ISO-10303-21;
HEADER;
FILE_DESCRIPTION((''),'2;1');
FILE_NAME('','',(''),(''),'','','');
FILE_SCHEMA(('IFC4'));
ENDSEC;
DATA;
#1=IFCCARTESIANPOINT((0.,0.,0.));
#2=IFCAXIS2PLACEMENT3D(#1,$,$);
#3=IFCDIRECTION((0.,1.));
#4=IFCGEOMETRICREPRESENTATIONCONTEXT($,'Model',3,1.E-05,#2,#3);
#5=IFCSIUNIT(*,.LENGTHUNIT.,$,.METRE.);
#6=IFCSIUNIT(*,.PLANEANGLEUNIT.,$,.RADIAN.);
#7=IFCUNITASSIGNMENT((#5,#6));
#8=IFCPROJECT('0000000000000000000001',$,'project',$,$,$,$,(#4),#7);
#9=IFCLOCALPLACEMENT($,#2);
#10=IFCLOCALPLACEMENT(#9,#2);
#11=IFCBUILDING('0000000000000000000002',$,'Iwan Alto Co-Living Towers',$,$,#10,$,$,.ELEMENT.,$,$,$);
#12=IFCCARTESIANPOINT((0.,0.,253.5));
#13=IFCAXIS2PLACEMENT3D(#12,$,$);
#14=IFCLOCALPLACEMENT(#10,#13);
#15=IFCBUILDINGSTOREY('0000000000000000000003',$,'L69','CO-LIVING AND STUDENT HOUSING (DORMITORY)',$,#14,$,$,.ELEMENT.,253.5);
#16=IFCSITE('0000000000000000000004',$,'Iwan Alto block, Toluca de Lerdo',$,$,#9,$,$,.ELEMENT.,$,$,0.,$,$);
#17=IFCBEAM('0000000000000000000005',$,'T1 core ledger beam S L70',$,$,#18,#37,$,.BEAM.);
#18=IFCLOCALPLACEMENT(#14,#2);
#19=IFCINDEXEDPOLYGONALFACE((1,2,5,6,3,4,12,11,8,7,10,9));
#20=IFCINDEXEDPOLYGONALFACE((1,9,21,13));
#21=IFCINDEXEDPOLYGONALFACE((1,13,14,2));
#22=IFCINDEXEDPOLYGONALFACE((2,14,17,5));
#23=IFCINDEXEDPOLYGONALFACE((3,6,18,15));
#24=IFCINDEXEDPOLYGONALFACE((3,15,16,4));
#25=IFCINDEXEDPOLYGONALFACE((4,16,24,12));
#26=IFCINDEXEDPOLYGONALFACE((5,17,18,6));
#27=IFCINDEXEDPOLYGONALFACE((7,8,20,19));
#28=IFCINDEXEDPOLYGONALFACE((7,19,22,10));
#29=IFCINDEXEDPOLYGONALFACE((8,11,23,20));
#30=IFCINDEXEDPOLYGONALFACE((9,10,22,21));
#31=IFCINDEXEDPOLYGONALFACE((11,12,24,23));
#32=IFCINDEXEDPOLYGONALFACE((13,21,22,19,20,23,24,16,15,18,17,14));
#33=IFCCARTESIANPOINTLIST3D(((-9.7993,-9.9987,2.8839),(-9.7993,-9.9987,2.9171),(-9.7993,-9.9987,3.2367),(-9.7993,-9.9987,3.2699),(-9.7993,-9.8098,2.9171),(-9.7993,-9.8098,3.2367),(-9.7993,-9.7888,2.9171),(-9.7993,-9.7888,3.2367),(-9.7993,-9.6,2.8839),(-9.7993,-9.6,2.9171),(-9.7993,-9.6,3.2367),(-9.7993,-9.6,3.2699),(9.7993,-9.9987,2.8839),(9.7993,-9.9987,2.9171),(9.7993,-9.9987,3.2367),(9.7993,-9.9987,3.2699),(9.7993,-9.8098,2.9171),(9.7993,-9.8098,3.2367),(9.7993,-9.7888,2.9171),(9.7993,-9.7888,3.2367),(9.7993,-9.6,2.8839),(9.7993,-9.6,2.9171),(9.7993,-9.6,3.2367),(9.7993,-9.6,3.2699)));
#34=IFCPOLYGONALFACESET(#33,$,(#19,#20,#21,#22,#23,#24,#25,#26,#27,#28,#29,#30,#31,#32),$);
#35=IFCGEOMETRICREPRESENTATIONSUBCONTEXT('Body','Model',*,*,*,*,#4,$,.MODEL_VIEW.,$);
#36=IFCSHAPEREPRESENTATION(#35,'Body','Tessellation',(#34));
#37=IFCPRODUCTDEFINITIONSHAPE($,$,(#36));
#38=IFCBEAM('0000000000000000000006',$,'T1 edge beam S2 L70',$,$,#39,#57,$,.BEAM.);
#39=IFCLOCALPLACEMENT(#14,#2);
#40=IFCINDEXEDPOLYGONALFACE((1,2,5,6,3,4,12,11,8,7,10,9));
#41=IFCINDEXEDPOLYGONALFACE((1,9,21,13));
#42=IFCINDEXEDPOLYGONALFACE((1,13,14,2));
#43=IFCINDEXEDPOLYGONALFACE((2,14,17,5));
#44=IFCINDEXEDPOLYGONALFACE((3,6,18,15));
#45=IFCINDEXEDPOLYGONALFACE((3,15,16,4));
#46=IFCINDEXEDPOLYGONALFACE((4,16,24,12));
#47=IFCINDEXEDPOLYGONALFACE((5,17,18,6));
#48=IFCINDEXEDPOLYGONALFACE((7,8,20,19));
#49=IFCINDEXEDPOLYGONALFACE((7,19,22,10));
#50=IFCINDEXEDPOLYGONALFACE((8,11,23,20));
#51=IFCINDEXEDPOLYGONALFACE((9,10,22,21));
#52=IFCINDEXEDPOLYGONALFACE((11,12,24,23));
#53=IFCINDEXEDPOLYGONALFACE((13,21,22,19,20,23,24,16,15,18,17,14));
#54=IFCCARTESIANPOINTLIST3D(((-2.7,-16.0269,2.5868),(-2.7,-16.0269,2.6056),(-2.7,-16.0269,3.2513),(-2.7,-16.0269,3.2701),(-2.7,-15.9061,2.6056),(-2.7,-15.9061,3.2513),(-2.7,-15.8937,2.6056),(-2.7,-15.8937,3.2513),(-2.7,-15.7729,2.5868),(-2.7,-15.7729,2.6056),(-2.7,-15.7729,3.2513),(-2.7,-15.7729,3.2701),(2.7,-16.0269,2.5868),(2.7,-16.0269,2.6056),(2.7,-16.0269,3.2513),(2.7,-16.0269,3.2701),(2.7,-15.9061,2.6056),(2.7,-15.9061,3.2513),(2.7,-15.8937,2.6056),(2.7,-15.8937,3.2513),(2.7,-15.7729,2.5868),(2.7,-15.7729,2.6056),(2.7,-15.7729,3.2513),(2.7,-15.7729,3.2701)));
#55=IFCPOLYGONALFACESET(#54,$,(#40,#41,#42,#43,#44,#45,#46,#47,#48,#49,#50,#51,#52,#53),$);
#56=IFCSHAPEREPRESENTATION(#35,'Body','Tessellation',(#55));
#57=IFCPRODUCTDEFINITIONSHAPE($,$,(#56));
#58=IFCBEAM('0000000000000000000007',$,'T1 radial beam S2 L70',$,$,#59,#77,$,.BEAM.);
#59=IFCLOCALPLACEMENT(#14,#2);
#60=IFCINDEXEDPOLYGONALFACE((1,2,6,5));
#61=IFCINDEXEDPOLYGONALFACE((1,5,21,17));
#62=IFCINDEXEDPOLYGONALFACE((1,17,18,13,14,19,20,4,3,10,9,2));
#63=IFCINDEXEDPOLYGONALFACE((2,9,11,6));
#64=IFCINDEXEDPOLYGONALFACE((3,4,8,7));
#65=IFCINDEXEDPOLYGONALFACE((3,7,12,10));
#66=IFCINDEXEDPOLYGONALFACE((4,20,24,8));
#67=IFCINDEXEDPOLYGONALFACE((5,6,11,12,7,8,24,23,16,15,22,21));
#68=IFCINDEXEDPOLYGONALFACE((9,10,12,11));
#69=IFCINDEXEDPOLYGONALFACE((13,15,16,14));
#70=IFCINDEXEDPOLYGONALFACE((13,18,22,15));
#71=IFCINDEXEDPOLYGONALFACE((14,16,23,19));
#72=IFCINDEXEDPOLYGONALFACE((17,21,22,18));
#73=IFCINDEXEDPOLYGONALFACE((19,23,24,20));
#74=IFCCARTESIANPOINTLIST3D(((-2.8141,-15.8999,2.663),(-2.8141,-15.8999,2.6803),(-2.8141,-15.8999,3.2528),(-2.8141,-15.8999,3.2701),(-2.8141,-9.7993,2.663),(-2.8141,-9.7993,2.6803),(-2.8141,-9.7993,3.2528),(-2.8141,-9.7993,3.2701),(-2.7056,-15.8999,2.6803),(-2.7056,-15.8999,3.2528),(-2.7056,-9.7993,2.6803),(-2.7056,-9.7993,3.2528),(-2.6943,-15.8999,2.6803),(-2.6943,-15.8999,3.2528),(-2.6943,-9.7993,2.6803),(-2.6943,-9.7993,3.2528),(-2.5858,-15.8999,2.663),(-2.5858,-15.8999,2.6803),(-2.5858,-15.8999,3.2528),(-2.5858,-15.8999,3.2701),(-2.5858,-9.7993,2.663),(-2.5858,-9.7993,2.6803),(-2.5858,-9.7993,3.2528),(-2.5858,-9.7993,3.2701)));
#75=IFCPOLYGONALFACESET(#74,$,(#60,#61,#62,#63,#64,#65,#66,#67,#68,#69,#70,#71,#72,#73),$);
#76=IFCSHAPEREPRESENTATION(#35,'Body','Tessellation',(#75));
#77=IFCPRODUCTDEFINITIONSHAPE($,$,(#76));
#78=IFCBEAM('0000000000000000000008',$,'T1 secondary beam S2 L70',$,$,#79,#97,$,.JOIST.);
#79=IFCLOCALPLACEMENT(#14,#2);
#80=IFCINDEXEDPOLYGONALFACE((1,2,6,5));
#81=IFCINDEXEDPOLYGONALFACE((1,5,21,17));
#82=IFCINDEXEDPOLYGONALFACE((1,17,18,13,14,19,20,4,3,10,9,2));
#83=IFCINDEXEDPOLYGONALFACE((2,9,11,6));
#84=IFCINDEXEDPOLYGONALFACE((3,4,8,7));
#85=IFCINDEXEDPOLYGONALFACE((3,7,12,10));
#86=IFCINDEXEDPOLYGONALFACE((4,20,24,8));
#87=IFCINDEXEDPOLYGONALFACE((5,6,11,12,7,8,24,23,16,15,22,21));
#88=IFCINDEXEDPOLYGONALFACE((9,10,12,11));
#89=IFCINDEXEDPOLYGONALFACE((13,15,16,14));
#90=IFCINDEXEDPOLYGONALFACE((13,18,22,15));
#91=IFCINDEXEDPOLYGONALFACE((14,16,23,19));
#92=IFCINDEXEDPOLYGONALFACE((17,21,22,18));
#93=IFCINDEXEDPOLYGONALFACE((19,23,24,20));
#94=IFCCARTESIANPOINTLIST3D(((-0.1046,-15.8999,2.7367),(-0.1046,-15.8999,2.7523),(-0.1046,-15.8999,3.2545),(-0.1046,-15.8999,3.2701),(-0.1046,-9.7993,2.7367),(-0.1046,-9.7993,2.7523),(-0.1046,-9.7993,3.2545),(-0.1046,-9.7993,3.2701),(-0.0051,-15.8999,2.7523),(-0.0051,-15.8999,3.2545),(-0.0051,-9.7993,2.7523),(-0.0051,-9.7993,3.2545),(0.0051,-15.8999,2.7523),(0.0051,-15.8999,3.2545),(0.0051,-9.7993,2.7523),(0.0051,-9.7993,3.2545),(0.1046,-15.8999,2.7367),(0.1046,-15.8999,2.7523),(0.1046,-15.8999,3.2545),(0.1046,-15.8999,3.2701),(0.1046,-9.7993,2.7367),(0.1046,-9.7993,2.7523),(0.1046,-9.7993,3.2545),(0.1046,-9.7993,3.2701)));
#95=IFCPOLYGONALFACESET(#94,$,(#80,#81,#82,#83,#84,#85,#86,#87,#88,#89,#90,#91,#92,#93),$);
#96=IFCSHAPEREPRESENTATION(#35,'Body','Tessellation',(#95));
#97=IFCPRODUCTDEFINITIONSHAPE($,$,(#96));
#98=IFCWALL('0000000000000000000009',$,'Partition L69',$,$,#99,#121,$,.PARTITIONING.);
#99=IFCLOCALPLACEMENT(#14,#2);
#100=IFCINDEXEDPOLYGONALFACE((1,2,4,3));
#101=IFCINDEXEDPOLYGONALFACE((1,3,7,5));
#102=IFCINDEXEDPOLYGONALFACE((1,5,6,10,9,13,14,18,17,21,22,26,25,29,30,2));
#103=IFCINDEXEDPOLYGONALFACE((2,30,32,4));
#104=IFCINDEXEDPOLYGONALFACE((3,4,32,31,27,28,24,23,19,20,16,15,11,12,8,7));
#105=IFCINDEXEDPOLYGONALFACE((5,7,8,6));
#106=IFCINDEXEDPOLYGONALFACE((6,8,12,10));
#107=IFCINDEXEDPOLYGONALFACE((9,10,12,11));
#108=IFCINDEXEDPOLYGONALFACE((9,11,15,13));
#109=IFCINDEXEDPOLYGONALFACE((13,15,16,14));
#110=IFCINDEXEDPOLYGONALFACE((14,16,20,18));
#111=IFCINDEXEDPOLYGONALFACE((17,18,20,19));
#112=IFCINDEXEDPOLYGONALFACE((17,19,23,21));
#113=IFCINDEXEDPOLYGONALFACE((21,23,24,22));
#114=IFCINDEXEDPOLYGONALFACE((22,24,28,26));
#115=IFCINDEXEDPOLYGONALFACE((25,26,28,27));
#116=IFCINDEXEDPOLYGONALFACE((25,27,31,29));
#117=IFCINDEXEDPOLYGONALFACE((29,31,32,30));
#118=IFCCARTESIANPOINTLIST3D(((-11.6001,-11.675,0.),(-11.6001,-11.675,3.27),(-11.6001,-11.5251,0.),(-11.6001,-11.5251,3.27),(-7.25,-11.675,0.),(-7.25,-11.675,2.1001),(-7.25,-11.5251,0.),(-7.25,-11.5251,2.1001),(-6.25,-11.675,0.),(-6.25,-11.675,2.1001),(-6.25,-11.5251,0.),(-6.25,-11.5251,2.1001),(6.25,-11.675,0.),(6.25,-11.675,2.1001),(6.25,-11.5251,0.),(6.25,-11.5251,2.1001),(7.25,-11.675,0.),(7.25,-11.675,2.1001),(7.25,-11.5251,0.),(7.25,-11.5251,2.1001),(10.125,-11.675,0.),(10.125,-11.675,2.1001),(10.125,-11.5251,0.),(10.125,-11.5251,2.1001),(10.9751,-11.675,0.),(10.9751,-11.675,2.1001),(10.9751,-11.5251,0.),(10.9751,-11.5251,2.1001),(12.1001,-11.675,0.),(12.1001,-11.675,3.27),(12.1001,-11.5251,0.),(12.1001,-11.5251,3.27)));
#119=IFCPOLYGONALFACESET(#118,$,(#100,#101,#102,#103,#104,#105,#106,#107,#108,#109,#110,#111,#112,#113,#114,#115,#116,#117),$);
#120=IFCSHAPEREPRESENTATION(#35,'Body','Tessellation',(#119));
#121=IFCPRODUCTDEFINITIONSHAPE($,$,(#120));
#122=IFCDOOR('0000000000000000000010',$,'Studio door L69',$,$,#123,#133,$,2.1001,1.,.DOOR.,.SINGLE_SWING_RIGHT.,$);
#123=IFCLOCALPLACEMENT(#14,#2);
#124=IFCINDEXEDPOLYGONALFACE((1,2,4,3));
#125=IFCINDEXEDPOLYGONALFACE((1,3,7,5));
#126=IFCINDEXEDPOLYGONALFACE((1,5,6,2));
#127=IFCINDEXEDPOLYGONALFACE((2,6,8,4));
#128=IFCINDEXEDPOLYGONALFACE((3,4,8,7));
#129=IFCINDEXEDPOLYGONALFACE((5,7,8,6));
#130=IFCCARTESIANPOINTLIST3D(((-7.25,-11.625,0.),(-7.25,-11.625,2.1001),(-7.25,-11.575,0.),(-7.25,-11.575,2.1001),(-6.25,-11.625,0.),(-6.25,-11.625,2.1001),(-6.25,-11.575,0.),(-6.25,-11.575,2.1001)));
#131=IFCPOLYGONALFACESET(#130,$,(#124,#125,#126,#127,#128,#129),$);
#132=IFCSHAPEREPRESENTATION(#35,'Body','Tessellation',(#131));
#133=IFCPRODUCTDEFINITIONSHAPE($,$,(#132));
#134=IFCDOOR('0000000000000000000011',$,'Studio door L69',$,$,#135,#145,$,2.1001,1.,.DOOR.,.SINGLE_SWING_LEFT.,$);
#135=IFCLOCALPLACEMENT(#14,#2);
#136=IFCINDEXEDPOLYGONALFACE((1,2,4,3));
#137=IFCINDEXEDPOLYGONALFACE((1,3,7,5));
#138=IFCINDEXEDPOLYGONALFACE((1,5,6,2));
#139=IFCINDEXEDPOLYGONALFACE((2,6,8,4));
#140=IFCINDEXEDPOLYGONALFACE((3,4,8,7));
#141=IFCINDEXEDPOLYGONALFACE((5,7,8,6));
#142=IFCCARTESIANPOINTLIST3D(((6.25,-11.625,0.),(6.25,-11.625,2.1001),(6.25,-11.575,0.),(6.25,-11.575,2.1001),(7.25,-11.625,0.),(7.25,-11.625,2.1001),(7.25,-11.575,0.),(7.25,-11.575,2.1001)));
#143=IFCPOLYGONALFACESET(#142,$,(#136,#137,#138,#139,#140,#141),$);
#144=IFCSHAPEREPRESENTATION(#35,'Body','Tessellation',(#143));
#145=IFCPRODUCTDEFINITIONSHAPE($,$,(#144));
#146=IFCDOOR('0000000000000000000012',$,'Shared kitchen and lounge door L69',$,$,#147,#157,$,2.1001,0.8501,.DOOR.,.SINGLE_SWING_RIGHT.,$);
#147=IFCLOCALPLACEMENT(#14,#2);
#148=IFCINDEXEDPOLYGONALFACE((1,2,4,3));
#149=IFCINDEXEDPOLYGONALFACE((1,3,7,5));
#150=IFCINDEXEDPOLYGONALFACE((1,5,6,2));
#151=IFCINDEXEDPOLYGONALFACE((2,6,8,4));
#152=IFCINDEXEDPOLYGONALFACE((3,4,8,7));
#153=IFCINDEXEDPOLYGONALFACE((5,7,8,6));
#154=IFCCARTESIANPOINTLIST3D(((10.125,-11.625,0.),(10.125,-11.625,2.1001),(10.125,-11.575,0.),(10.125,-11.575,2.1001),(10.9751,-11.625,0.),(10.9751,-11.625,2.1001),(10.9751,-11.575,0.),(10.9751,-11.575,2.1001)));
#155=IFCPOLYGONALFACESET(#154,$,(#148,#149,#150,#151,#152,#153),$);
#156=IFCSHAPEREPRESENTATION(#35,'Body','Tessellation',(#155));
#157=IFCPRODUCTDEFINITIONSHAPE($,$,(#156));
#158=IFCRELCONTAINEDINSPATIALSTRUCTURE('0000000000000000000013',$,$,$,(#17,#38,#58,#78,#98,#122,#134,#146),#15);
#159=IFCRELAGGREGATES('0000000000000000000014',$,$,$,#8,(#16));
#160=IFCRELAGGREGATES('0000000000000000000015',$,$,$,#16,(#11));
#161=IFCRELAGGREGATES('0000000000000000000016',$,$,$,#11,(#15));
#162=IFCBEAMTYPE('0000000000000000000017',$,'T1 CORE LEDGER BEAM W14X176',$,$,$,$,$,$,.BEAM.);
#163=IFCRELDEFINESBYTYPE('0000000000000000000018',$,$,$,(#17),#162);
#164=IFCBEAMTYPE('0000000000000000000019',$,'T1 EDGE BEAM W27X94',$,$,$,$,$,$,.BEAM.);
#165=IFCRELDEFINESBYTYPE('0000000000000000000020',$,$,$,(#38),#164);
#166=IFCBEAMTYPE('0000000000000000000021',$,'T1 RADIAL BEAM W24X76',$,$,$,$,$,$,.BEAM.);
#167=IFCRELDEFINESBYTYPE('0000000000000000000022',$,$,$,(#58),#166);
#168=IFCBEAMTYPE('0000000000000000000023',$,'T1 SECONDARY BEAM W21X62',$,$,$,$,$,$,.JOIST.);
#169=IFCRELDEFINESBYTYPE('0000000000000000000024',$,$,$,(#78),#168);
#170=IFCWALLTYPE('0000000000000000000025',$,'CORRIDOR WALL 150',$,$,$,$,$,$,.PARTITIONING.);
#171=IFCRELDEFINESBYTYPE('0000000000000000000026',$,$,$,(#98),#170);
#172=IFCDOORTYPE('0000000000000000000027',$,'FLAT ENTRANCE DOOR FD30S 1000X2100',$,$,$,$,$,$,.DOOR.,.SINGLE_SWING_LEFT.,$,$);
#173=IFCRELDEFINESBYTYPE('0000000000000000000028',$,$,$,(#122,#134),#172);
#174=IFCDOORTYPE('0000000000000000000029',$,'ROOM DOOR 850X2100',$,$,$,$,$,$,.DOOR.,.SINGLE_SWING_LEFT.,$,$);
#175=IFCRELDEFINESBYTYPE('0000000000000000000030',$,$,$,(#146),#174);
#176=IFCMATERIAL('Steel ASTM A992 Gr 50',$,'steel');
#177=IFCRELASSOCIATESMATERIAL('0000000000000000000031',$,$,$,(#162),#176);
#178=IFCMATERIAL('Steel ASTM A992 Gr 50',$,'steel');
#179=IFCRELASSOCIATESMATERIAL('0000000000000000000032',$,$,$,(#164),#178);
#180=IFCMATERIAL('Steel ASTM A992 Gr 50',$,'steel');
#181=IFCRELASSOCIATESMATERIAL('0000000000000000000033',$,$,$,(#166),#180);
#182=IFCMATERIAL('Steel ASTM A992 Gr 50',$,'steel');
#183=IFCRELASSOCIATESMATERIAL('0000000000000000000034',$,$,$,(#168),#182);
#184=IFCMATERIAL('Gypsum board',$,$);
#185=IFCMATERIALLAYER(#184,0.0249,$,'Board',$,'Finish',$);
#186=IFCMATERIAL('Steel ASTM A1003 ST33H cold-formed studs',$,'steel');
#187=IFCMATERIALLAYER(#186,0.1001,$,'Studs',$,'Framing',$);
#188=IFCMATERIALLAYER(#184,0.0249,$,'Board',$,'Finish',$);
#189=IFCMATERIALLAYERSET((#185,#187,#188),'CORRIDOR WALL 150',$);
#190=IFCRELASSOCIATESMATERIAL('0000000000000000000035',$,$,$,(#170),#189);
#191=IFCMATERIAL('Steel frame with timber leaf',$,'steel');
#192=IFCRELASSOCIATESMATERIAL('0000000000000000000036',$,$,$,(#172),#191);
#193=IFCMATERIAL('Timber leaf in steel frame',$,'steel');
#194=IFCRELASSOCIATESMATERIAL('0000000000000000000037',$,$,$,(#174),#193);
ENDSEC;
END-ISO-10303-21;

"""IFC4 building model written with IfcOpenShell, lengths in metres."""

from ifc_helpers import new_model, si_unit, direction, frame, frame_2d, origin, origin_2d, place, context, subcontext, project, spatial, rectangle, i_section, extrude, material, layer, layer_set, material_profile, profile_set, type_object, element, fill, save


model = new_model("IFC4")

# Units and contexts
model_context = context("Model", 3, precision=1e-05, world=origin(), true_north=direction((0.0, 1.0)))
body_context = subcontext(model_context, "Body", "Model", "MODEL_VIEW")
ifc_project = project(units=[si_unit("LENGTHUNIT", "METRE"), si_unit("PLANEANGLEUNIT", "RADIAN")], contexts=[model_context])

# Site, building, storey
site_placement = place(None, origin())
site = spatial("IfcSite", under=ifc_project, at=site_placement, Name="Iwan Alto block, Toluca de Lerdo", CompositionType="ELEMENT", RefElevation=0.0)
building_placement = place(site_placement, origin())
building = spatial("IfcBuilding", under=site, at=building_placement, Name="Iwan Alto Co-Living Towers", CompositionType="ELEMENT")
storey_placement = place(building_placement, frame((0.0, 0.0, 253.5)))
storey = spatial("IfcBuildingStorey", under=building, at=storey_placement, Name="L69", Description="CO-LIVING AND STUDENT HOUSING (DORMITORY)", CompositionType="ELEMENT", Elevation=253.5)

# Beams
ifc_material_1 = material(Name="Steel ASTM A992 Gr 50", Category="steel")
ifc_material_profile_1 = material_profile(ifc_material_1, i_section(OverallWidth=0.3987, OverallDepth=0.386, WebThickness=0.021, FlangeThickness=0.0332, at=origin_2d()), Name="W14X176")
ifc_profile_set_1 = profile_set([ifc_material_profile_1], Name="Steel ASTM A992 Gr 50")
beam_type_1 = type_object("IfcBeamType", Name="T1 CORE LEDGER BEAM W14X176", PredefinedType="BEAM", material=ifc_profile_set_1)
beam_1_placement = place(storey_placement, frame((-9.7993, -9.7993, 3.0769), z_axis=(1.0, 0.0, 0.0), x_axis=(0.0, 1.0, 0.0)))
element("IfcBeam", 1, at=beam_1_placement, inside=storey, type_object=beam_type_1, Name="T1 core ledger beam S L70", PredefinedType="BEAM", context=body_context, shape_type="SweptSolid", body=[
    extrude(i_section(OverallWidth=0.3987, OverallDepth=0.386, WebThickness=0.021, FlangeThickness=0.0332, at=origin_2d()), origin(), (0.0, 0.0, 1.0), 19.5986),
])
ifc_material_2 = material(Name="Steel ASTM A992 Gr 50", Category="steel")
ifc_material_profile_2 = material_profile(ifc_material_2, i_section(OverallWidth=0.2539, OverallDepth=0.6833, WebThickness=0.0125, FlangeThickness=0.0188, at=origin_2d()), Name="W27X94")
ifc_profile_set_2 = profile_set([ifc_material_profile_2], Name="Steel ASTM A992 Gr 50")
beam_type_2 = type_object("IfcBeamType", Name="T1 EDGE BEAM W27X94", PredefinedType="BEAM", material=ifc_profile_set_2)
beam_2_placement = place(storey_placement, frame((-2.7, -15.8999, 2.9285), z_axis=(1.0, 0.0, 0.0), x_axis=(0.0, 1.0, 0.0)))
element("IfcBeam", 2, at=beam_2_placement, inside=storey, type_object=beam_type_2, Name="T1 edge beam S2 L70", PredefinedType="BEAM", context=body_context, shape_type="SweptSolid", body=[
    extrude(i_section(OverallWidth=0.2539, OverallDepth=0.6833, WebThickness=0.0125, FlangeThickness=0.0188, at=origin_2d()), origin(), (0.0, 0.0, 1.0), 5.3999),
])
ifc_material_3 = material(Name="Steel ASTM A992 Gr 50", Category="steel")
ifc_material_profile_3 = material_profile(ifc_material_3, i_section(OverallWidth=0.2283, OverallDepth=0.6072, WebThickness=0.0112, FlangeThickness=0.0173, at=origin_2d()), Name="W24X76")
ifc_profile_set_3 = profile_set([ifc_material_profile_3], Name="Steel ASTM A992 Gr 50")
beam_type_3 = type_object("IfcBeamType", Name="T1 RADIAL BEAM W24X76", PredefinedType="BEAM", material=ifc_profile_set_3)
beam_3_placement = place(storey_placement, frame((-2.7, -15.8999, 2.9666), z_axis=(0.0, 1.0, 0.0), x_axis=(-1.0, 0.0, 0.0)))
element("IfcBeam", 3, at=beam_3_placement, inside=storey, type_object=beam_type_3, Name="T1 radial beam S2 L70", PredefinedType="BEAM", context=body_context, shape_type="SweptSolid", body=[
    extrude(i_section(OverallWidth=0.2283, OverallDepth=0.6072, WebThickness=0.0112, FlangeThickness=0.0173, at=origin_2d()), origin(), (0.0, 0.0, 1.0), 6.1006),
])
ifc_material_4 = material(Name="Steel ASTM A992 Gr 50", Category="steel")
ifc_material_profile_4 = material_profile(ifc_material_4, i_section(OverallWidth=0.2092, OverallDepth=0.5334, WebThickness=0.0103, FlangeThickness=0.0156, at=origin_2d()), Name="W21X62")
ifc_profile_set_4 = profile_set([ifc_material_profile_4], Name="Steel ASTM A992 Gr 50")
beam_type_4 = type_object("IfcBeamType", Name="T1 SECONDARY BEAM W21X62", PredefinedType="JOIST", material=ifc_profile_set_4)
beam_4_placement = place(storey_placement, frame((0.0, -15.8999, 3.0034), z_axis=(0.0, 1.0, 0.0), x_axis=(-1.0, 0.0, 0.0)))
element("IfcBeam", 4, at=beam_4_placement, inside=storey, type_object=beam_type_4, Name="T1 secondary beam S2 L70", PredefinedType="JOIST", context=body_context, shape_type="SweptSolid", body=[
    extrude(i_section(OverallWidth=0.2092, OverallDepth=0.5334, WebThickness=0.0103, FlangeThickness=0.0156, at=origin_2d()), origin(), (0.0, 0.0, 1.0), 6.1006),
])

# Wall, openings, doors
ifc_material_5 = material(Name="Gypsum board")
ifc_layer_1 = layer(ifc_material_5, 0.0249, Name="Board", Category="Finish")
ifc_material_6 = material(Name="Steel ASTM A1003 ST33H cold-formed studs", Category="steel")
ifc_layer_2 = layer(ifc_material_6, 0.1001, Name="Studs", Category="Framing")
ifc_layer_3 = layer(ifc_material_5, 0.0249, Name="Board", Category="Finish")
ifc_layer_set_1 = layer_set([ifc_layer_1, ifc_layer_2, ifc_layer_3], Name="CORRIDOR WALL 150")
wall_type_1 = type_object("IfcWallType", Name="CORRIDOR WALL 150", PredefinedType="PARTITIONING", material=ifc_layer_set_1)
wall_1_placement = place(storey_placement, frame((-11.6001, -11.6001, 0.0), z_axis=(0.0, 0.0, 1.0), x_axis=(1.0, 0.0, 0.0)))
wall_1 = element("IfcWall", 5, at=wall_1_placement, inside=storey, type_object=wall_type_1, Name="Partition L69", PredefinedType="PARTITIONING", context=body_context, shape_type="SweptSolid", body=[
    extrude(rectangle(XDim=23.7002, YDim=0.1499, at=frame_2d((11.8501, 0.0))), origin(), (0.0, 0.0, 1.0), 3.27),
])
opening_1_placement = place(wall_1_placement, frame((4.3501, 0.0, 0.0)))
opening_1 = element("IfcOpeningElement", 6, at=opening_1_placement, cuts=wall_1, PredefinedType="OPENING", context=body_context, shape_type="SweptSolid", body=[
    extrude(rectangle(XDim=1.0, YDim=2.1001, at=frame_2d((0.5, 1.05))), frame((0.0, 0.085, 0.0), z_axis=(0.0, -1.0, 0.0), x_axis=(1.0, 0.0, 0.0)), (0.0, 0.0, 1.0), 0.1699),
])
opening_2_placement = place(wall_1_placement, frame((17.8501, 0.0, 0.0)))
opening_2 = element("IfcOpeningElement", 7, at=opening_2_placement, cuts=wall_1, PredefinedType="OPENING", context=body_context, shape_type="SweptSolid", body=[
    extrude(rectangle(XDim=1.0, YDim=2.1001, at=frame_2d((0.5, 1.05))), frame((0.0, 0.085, 0.0), z_axis=(0.0, -1.0, 0.0), x_axis=(1.0, 0.0, 0.0)), (0.0, 0.0, 1.0), 0.1699),
])
opening_3_placement = place(wall_1_placement, frame((21.7251, 0.0, 0.0)))
opening_3 = element("IfcOpeningElement", 8, at=opening_3_placement, cuts=wall_1, PredefinedType="OPENING", context=body_context, shape_type="SweptSolid", body=[
    extrude(rectangle(XDim=0.8501, YDim=2.1001, at=frame_2d((0.425, 1.05))), frame((0.0, 0.085, 0.0), z_axis=(0.0, -1.0, 0.0), x_axis=(1.0, 0.0, 0.0)), (0.0, 0.0, 1.0), 0.1699),
])
ifc_material_7 = material(Name="Steel frame with timber leaf", Category="steel")
door_type_1 = type_object("IfcDoorType", Name="FLAT ENTRANCE DOOR FD30S 1000X2100", OperationType="SINGLE_SWING_LEFT", PredefinedType="DOOR", material=ifc_material_7)
door_1_placement = place(opening_1_placement, frame((1.0, 0.0, 0.0), z_axis=(0.0, 0.0, 1.0), x_axis=(-1.0, 0.0, 0.0)))
door_1 = element("IfcDoor", 9, at=door_1_placement, inside=storey, type_object=door_type_1, Name="Studio door L69", OperationType="SINGLE_SWING_RIGHT", OverallHeight=2.1001, OverallWidth=1.0, PredefinedType="DOOR", context=body_context, shape_type="SweptSolid", body=[
    extrude(rectangle(XDim=1.0, YDim=2.1001, at=frame_2d((0.5, 1.05))), frame((0.0, 0.0249, 0.0), z_axis=(0.0, -1.0, 0.0), x_axis=(1.0, 0.0, 0.0)), (0.0, 0.0, 1.0), 0.05),
])
fill(opening_1, door_1)
door_2_placement = place(opening_2_placement, frame((1.0, 0.0, 0.0), z_axis=(0.0, 0.0, 1.0), x_axis=(-1.0, 0.0, 0.0)))
door_2 = element("IfcDoor", 10, at=door_2_placement, inside=storey, type_object=door_type_1, Name="Studio door L69", OperationType="SINGLE_SWING_LEFT", OverallHeight=2.1001, OverallWidth=1.0, PredefinedType="DOOR", context=body_context, shape_type="SweptSolid", body=[
    extrude(rectangle(XDim=1.0, YDim=2.1001, at=frame_2d((0.5, 1.05))), frame((0.0, 0.0249, 0.0), z_axis=(0.0, -1.0, 0.0), x_axis=(1.0, 0.0, 0.0)), (0.0, 0.0, 1.0), 0.05),
])
fill(opening_2, door_2)
ifc_material_8 = material(Name="Timber leaf in steel frame", Category="steel")
door_type_2 = type_object("IfcDoorType", Name="ROOM DOOR 850X2100", OperationType="SINGLE_SWING_LEFT", PredefinedType="DOOR", material=ifc_material_8)
door_3_placement = place(opening_3_placement, frame((0.8501, 0.0, 0.0), z_axis=(0.0, 0.0, 1.0), x_axis=(-1.0, 0.0, 0.0)))
door_3 = element("IfcDoor", 11, at=door_3_placement, inside=storey, type_object=door_type_2, Name="Shared kitchen and lounge door L69", OperationType="SINGLE_SWING_RIGHT", OverallHeight=2.1001, OverallWidth=0.8501, PredefinedType="DOOR", context=body_context, shape_type="SweptSolid", body=[
    extrude(rectangle(XDim=0.8501, YDim=2.1001, at=frame_2d((0.425, 1.05))), frame((0.0, 0.0249, 0.0), z_axis=(0.0, -1.0, 0.0), x_axis=(1.0, 0.0, 0.0)), (0.0, 0.0, 1.0), 0.05),
])
fill(opening_3, door_3)

save(model, "model.ifc")
